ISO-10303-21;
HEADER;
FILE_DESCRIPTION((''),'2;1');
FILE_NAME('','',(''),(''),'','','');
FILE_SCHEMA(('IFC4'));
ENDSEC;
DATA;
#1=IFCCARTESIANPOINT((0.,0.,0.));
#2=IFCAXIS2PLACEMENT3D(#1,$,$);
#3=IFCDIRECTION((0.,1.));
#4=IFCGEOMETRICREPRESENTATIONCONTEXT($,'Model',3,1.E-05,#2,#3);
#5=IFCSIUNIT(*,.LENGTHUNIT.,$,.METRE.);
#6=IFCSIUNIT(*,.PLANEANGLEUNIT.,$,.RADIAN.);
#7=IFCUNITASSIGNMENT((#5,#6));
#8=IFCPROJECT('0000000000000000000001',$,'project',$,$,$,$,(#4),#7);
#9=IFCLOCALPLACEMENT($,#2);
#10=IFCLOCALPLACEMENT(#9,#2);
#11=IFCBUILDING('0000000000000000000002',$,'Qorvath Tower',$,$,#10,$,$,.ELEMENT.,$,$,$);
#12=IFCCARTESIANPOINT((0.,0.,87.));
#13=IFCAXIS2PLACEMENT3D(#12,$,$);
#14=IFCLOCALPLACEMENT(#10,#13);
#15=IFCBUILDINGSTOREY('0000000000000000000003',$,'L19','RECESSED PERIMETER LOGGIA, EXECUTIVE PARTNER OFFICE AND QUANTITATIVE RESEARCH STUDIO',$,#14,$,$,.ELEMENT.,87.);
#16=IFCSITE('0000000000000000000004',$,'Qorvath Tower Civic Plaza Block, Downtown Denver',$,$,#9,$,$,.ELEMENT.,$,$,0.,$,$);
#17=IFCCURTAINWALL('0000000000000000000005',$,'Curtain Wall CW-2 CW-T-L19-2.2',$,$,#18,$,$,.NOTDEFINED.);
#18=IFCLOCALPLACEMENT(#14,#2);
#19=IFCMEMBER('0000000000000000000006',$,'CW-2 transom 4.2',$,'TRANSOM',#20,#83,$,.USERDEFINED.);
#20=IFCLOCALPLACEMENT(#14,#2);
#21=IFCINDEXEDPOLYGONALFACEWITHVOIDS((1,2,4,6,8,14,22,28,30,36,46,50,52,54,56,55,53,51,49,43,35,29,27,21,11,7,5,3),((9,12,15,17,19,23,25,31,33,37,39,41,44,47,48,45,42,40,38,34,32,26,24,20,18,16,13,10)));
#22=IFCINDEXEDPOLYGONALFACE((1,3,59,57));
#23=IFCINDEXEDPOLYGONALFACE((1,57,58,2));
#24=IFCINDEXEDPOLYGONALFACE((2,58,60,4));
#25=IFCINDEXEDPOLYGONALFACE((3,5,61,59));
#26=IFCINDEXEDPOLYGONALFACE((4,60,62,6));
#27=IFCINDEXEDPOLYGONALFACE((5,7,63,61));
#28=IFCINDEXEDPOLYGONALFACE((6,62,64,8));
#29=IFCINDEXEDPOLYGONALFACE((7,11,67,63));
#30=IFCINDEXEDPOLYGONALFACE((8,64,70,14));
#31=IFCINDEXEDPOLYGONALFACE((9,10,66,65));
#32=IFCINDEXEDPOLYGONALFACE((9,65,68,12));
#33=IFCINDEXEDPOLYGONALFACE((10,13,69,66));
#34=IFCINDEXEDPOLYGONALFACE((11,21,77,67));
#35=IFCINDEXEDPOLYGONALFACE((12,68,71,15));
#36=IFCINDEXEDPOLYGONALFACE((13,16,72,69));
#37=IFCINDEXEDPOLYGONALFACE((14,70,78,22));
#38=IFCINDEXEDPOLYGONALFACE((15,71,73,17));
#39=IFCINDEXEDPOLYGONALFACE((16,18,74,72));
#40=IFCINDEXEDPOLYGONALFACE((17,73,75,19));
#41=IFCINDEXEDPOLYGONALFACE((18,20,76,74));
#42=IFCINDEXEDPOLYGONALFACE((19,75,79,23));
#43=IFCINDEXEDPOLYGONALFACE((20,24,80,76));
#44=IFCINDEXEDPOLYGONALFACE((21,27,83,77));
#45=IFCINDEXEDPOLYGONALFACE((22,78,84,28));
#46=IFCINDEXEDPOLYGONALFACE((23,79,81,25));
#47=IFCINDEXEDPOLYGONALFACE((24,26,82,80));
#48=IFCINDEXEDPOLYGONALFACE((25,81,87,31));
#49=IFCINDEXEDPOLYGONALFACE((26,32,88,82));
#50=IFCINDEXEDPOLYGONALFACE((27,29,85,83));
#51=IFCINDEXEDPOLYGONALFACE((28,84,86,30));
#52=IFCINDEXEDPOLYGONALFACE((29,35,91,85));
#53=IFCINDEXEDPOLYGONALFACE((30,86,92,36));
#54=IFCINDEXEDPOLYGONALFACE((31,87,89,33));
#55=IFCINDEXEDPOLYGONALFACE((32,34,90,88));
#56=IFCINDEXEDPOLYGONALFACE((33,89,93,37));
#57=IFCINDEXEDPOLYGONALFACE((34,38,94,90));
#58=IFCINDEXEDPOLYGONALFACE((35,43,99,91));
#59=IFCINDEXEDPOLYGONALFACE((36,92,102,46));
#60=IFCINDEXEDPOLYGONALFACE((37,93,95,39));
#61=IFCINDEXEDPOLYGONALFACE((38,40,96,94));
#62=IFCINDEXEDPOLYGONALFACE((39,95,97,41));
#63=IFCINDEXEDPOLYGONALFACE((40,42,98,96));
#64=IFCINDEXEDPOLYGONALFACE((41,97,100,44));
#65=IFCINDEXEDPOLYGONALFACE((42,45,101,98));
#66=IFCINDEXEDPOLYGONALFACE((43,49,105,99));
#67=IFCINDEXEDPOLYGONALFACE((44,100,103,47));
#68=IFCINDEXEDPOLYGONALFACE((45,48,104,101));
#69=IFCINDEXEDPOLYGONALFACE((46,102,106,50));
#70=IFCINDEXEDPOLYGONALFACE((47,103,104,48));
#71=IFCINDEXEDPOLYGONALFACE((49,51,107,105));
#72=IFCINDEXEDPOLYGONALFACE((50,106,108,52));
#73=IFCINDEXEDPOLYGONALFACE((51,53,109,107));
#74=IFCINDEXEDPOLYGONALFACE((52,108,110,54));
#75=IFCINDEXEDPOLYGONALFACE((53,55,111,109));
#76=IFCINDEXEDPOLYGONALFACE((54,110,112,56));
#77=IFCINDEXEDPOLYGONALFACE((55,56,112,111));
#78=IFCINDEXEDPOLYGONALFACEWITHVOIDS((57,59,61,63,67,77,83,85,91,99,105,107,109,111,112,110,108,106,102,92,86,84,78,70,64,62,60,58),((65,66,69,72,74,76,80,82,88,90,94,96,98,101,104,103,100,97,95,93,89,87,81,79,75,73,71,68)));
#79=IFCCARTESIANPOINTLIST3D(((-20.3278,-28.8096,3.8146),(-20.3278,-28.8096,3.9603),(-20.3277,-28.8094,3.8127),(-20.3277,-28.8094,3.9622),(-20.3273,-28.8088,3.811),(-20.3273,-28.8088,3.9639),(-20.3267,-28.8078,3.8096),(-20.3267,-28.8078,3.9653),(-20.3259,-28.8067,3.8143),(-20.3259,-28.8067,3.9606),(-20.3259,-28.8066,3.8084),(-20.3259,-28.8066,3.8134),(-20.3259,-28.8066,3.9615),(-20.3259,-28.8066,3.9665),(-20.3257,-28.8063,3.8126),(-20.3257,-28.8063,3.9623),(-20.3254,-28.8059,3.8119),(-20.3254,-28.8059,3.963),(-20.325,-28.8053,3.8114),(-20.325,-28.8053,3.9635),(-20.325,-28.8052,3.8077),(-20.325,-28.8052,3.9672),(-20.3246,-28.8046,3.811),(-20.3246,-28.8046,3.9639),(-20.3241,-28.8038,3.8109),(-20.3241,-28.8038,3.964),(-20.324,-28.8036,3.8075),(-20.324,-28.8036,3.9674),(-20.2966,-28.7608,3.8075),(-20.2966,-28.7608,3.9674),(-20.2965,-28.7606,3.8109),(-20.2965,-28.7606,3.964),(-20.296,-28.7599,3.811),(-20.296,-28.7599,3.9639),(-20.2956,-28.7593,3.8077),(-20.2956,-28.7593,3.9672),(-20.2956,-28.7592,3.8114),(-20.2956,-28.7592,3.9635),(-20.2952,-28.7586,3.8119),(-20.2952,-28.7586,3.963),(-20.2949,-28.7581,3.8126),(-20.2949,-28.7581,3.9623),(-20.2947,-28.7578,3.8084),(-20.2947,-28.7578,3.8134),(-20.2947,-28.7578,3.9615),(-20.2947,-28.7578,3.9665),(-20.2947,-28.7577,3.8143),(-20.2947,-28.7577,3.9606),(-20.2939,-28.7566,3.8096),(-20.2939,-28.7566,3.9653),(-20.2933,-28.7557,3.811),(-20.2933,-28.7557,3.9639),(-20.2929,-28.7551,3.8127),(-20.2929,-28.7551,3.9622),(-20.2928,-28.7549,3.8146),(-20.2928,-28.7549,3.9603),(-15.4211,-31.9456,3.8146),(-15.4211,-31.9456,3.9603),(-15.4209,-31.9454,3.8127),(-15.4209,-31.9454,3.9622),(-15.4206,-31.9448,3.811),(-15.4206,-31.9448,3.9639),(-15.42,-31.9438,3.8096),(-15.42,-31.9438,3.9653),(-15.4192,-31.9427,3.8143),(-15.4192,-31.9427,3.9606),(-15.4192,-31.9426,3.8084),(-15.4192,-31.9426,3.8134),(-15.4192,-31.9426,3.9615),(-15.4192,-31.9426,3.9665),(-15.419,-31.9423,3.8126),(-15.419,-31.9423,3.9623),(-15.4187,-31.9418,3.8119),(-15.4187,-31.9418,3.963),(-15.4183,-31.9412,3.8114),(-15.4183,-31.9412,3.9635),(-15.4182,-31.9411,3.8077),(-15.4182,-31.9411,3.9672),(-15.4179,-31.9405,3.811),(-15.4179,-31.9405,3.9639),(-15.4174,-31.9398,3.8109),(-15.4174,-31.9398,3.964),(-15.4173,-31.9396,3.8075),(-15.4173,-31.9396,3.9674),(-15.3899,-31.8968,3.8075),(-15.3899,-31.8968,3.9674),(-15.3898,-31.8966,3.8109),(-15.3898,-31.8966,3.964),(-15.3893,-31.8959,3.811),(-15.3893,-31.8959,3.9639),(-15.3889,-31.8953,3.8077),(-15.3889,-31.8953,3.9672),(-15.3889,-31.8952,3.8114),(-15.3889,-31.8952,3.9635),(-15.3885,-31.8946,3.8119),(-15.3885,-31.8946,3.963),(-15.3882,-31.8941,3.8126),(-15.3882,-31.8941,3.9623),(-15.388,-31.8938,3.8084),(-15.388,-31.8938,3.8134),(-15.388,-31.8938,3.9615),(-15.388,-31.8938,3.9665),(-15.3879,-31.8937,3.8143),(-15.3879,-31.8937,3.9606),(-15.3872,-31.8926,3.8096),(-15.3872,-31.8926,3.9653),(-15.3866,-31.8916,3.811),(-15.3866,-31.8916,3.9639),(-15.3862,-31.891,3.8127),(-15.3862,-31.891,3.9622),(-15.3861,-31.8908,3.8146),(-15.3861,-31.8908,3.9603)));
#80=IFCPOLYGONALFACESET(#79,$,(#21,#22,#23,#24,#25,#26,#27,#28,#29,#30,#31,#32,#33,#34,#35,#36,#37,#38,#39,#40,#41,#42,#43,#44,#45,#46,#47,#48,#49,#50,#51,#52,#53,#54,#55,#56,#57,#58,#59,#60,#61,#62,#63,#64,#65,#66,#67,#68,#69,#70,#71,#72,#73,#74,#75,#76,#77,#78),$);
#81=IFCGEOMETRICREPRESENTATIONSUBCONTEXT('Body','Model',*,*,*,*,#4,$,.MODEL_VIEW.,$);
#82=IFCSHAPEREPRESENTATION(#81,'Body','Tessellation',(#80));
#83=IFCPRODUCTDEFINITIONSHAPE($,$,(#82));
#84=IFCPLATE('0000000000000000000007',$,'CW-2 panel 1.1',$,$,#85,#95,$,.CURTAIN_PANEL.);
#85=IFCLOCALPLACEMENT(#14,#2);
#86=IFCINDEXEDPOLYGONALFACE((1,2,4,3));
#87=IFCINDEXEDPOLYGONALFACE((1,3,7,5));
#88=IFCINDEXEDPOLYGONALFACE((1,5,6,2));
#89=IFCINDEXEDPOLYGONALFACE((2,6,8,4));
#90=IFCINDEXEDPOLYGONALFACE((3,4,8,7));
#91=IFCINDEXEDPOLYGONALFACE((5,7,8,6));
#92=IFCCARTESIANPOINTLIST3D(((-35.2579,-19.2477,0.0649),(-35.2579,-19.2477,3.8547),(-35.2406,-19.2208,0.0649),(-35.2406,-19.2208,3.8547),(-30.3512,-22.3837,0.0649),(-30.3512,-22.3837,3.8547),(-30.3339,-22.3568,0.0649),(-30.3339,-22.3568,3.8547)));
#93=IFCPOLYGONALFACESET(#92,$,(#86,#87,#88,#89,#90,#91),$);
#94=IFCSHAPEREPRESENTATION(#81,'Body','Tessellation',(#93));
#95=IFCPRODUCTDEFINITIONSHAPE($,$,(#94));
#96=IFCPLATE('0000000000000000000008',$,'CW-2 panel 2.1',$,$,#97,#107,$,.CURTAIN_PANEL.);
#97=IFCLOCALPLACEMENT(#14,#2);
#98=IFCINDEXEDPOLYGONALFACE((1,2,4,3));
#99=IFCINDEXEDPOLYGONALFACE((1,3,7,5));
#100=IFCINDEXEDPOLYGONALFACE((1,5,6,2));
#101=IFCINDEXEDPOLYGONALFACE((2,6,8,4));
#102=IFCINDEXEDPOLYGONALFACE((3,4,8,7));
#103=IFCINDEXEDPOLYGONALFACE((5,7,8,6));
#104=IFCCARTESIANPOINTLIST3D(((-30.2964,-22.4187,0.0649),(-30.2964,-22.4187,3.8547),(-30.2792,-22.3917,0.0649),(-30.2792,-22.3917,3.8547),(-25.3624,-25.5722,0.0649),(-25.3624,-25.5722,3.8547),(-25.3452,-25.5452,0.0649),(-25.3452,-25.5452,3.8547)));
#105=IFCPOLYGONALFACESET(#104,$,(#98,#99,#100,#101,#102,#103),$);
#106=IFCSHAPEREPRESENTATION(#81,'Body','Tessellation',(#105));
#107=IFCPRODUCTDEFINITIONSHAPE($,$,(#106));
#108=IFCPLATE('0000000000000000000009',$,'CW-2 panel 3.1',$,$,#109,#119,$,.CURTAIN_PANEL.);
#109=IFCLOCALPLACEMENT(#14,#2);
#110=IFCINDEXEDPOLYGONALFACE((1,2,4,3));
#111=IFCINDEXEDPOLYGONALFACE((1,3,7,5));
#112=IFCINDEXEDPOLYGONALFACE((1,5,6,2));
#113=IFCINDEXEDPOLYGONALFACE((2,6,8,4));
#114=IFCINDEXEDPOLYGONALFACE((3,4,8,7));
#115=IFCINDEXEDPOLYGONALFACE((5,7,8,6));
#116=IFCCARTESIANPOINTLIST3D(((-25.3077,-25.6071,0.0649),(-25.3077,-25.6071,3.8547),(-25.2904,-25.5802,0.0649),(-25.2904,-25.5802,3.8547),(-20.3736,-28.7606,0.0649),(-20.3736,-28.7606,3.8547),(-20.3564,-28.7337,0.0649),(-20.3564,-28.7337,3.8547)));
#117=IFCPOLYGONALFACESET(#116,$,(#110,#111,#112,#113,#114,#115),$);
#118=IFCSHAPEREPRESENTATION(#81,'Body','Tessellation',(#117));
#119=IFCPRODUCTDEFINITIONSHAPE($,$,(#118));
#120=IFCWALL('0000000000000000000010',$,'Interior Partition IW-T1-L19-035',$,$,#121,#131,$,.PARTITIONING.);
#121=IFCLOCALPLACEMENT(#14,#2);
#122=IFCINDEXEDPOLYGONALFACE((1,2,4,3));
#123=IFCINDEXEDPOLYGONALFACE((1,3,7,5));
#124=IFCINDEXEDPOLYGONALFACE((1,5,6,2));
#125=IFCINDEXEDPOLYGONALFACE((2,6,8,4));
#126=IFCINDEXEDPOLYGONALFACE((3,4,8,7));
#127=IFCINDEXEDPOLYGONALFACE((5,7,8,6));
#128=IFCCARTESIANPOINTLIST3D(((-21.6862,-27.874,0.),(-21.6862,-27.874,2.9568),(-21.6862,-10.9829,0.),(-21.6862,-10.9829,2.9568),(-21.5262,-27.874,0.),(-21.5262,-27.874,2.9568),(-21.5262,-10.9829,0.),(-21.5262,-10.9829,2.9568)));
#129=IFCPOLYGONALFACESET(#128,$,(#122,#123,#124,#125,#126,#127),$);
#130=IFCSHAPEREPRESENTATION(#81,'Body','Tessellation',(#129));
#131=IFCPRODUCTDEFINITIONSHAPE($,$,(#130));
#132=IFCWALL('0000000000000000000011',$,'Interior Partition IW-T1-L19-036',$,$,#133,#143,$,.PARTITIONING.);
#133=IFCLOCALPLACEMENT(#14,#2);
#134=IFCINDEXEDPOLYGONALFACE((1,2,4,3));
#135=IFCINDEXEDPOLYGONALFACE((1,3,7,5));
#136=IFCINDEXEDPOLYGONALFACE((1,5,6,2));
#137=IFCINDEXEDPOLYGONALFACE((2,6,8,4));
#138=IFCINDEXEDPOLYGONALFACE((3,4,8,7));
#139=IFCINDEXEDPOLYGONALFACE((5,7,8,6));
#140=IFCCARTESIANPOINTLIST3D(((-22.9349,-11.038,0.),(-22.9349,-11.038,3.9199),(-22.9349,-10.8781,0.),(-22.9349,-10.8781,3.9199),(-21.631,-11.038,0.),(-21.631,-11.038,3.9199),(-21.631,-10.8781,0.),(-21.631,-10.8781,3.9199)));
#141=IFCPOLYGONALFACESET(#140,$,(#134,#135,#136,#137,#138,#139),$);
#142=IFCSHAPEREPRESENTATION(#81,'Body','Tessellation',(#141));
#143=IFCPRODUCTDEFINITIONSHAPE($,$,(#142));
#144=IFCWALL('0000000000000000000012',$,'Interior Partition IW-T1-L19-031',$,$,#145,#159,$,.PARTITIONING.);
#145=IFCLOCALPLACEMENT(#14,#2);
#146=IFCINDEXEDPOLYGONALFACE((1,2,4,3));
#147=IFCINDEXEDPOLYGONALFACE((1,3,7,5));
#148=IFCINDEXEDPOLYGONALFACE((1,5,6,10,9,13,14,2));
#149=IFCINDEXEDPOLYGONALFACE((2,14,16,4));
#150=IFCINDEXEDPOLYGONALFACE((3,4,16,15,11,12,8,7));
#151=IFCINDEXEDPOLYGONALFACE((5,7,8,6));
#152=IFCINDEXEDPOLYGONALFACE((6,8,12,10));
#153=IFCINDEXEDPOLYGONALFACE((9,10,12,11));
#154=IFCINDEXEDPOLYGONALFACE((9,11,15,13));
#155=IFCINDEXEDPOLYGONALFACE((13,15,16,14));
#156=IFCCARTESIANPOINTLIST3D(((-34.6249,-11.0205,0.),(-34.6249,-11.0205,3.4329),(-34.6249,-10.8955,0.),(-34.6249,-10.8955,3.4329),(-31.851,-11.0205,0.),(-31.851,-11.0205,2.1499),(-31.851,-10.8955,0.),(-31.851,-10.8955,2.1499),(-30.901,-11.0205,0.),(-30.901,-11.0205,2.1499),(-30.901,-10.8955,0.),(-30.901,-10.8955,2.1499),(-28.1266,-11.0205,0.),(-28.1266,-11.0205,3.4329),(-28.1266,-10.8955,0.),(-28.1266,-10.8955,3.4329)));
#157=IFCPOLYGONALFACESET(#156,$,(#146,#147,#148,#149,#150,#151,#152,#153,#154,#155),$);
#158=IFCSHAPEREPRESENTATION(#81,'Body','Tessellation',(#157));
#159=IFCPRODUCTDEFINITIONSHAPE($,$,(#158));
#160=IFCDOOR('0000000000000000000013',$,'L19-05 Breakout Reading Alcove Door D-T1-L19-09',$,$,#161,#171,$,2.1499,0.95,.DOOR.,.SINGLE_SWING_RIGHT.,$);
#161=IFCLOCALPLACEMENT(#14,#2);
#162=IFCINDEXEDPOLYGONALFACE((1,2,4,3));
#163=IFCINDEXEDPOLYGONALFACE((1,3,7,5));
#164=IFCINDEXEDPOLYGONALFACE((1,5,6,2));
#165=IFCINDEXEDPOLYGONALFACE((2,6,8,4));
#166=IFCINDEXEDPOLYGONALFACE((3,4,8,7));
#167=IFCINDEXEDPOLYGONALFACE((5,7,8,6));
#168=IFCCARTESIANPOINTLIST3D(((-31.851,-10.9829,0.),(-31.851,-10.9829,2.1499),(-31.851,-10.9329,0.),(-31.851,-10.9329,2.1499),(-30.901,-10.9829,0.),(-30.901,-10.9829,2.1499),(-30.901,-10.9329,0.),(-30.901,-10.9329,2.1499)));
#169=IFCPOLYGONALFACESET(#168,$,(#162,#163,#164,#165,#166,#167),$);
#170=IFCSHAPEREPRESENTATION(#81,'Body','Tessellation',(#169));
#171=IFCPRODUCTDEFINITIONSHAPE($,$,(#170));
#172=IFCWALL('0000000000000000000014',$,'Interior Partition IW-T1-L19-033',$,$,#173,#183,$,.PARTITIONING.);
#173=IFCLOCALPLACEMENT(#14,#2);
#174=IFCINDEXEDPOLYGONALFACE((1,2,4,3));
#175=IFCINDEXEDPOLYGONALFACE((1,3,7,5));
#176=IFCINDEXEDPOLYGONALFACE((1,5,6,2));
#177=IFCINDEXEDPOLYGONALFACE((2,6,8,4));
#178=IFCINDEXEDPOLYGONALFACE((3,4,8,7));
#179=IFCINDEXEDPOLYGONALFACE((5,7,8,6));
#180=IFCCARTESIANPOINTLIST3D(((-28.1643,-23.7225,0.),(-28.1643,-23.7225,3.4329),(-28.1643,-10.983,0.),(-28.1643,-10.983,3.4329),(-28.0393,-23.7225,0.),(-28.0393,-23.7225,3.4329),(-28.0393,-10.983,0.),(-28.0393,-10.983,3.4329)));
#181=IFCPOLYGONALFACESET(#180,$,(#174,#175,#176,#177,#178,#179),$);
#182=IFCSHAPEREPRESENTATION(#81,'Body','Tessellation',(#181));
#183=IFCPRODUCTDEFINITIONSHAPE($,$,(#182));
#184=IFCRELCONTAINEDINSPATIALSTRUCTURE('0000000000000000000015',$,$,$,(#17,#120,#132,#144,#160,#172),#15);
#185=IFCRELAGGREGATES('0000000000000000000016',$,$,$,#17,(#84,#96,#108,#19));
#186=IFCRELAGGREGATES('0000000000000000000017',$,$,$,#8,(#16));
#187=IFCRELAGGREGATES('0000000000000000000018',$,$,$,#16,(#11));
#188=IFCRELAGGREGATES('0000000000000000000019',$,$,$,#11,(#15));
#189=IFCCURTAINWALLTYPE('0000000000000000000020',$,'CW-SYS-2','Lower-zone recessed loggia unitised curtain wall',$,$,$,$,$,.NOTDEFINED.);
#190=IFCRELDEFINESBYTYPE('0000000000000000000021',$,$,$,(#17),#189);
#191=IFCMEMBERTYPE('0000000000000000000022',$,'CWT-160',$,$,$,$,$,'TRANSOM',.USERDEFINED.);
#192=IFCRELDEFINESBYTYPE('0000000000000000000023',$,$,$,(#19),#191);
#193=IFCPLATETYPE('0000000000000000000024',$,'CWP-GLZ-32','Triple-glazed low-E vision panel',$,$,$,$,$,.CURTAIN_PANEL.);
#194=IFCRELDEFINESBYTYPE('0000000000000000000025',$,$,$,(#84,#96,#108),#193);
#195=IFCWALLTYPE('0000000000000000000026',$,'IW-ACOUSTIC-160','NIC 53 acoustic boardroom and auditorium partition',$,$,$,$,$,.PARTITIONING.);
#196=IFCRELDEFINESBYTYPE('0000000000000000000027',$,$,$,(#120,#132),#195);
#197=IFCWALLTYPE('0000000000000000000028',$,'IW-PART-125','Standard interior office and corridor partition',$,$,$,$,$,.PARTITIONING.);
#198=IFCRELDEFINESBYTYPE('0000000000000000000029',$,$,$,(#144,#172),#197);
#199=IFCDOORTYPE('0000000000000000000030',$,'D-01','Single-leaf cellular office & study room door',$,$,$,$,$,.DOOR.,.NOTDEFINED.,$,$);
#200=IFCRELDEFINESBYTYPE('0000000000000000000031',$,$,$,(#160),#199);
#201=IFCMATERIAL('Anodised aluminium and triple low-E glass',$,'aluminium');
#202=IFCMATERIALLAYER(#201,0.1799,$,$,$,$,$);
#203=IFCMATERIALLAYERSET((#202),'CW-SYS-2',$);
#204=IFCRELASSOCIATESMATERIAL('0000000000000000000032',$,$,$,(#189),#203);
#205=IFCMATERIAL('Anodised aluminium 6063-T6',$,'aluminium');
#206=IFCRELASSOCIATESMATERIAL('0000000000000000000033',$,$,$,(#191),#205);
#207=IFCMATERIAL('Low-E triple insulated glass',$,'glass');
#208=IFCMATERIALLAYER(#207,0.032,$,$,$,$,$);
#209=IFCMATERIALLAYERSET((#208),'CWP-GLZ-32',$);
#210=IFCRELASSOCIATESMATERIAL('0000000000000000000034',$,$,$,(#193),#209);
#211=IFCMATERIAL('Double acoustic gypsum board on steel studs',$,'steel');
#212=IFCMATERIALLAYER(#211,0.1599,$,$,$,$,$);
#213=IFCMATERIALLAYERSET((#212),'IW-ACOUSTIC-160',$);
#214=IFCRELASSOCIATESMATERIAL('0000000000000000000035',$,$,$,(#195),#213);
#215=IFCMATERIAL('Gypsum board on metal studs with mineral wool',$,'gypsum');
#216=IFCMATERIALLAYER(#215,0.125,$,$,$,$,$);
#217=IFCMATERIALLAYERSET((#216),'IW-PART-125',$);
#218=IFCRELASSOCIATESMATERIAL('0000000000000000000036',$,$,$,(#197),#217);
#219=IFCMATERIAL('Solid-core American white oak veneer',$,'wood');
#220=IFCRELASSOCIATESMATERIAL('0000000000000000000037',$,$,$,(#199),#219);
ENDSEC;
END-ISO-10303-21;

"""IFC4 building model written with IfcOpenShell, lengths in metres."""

from ifc_helpers import new_model, si_unit, direction, frame, frame_2d, origin, origin_2d, place, context, subcontext, project, spatial, rectangle, hollow_rectangle, extrude, material, layer, layer_set, material_profile, profile_set, type_object, element, fill, aggregate, save


model = new_model("IFC4")

# Units and contexts
model_context = context("Model", 3, precision=1e-05, world=origin(), true_north=direction((0.0, 1.0)))
body_context = subcontext(model_context, "Body", "Model", "MODEL_VIEW")
ifc_project = project(units=[si_unit("LENGTHUNIT", "METRE"), si_unit("PLANEANGLEUNIT", "RADIAN")], contexts=[model_context])

# Site, building, storey
site_placement = place(None, origin())
site = spatial("IfcSite", under=ifc_project, at=site_placement, Name="Qorvath Tower Civic Plaza Block, Downtown Denver", CompositionType="ELEMENT", RefElevation=0.0)
building_placement = place(site_placement, origin())
building = spatial("IfcBuilding", under=site, at=building_placement, Name="Qorvath Tower", CompositionType="ELEMENT")
storey_placement = place(building_placement, frame((0.0, 0.0, 87.0)))
storey = spatial("IfcBuildingStorey", under=building, at=storey_placement, Name="L19", Description="RECESSED PERIMETER LOGGIA, EXECUTIVE PARTNER OFFICE AND QUANTITATIVE RESEARCH STUDIO", CompositionType="ELEMENT", Elevation=87.0)

# Curtain wall, member, plates
ifc_material_1 = material(Name="Anodised aluminium and triple low-E glass", Category="aluminium")
ifc_layer_1 = layer(ifc_material_1, 0.1799)
ifc_layer_set_1 = layer_set([ifc_layer_1], Name="CW-SYS-2")
curtain_wall_type = type_object("IfcCurtainWallType", Name="CW-SYS-2", Description="Lower-zone recessed loggia unitised curtain wall", PredefinedType="NOTDEFINED", material=ifc_layer_set_1)
curtain_wall_placement = place(storey_placement, origin())
curtain_wall = element("IfcCurtainWall", 1, at=curtain_wall_placement, inside=storey, type_object=curtain_wall_type, Name="Curtain Wall CW-2 CW-T-L19-2.2", PredefinedType="NOTDEFINED")
ifc_material_2 = material(Name="Anodised aluminium 6063-T6", Category="aluminium")
ifc_material_profile_1 = material_profile(ifc_material_2, hollow_rectangle(XDim=0.0649, YDim=0.1599, WallThickness=0.0034, InnerFilletRadius=0.0034, OuterFilletRadius=0.0071, at=origin_2d()), Name="CWT 160x65")
ifc_profile_set_1 = profile_set([ifc_material_profile_1], Name="Anodised aluminium 6063-T6")
member_type_1 = type_object("IfcMemberType", Name="CWT-160", ElementType="TRANSOM", PredefinedType="USERDEFINED", material=ifc_profile_set_1)
member_1_placement = place(storey_placement, frame((-20.3103, -28.7822, 3.8875), z_axis=(0.842609, -0.538527, 0.0), x_axis=(0.538527, 0.842609, 0.0)))
member_1 = element("IfcMember", 2, at=member_1_placement, type_object=member_type_1, Name="CW-2 transom 4.2", ObjectType="TRANSOM", PredefinedType="USERDEFINED", context=body_context, shape_type="SweptSolid", body=[
    extrude(hollow_rectangle(XDim=0.0649, YDim=0.1599, WallThickness=0.0034, InnerFilletRadius=0.0034, OuterFilletRadius=0.0071, at=origin_2d()), origin(), (0.0, 0.0, 1.0), 5.8232),
])
ifc_material_3 = material(Name="Low-E triple insulated glass", Category="glass")
ifc_layer_2 = layer(ifc_material_3, 0.032)
ifc_layer_set_2 = layer_set([ifc_layer_2], Name="CWP-GLZ-32")
plate_type = type_object("IfcPlateType", Name="CWP-GLZ-32", Description="Triple-glazed low-E vision panel", PredefinedType="CURTAIN_PANEL", material=ifc_layer_set_2)
plate_1_placement = place(storey_placement, frame((-32.7959, -20.8022, 0.0649), z_axis=(0.0, 0.0, 1.0), x_axis=(0.842604, -0.538533, 0.0)))
plate_1 = element("IfcPlate", 3, at=plate_1_placement, type_object=plate_type, Name="CW-2 panel 1.1", PredefinedType="CURTAIN_PANEL", context=body_context, shape_type="SweptSolid", body=[
    extrude(rectangle(XDim=5.8232, YDim=0.032, at=origin_2d()), origin(), (0.0, 0.0, 1.0), 3.7898),
])
plate_2_placement = place(storey_placement, frame((-27.8208, -23.9819, 0.0649), z_axis=(0.0, 0.0, 1.0), x_axis=(0.842604, -0.538533, 0.0)))
plate_2 = element("IfcPlate", 4, at=plate_2_placement, type_object=plate_type, Name="CW-2 panel 2.1", PredefinedType="CURTAIN_PANEL", context=body_context, shape_type="SweptSolid", body=[
    extrude(rectangle(XDim=5.8557, YDim=0.032, at=origin_2d()), origin(), (0.0, 0.0, 1.0), 3.7898),
])
plate_3_placement = place(storey_placement, frame((-22.832, -27.1704, 0.0649), z_axis=(0.0, 0.0, 1.0), x_axis=(0.842604, -0.538533, 0.0)))
plate_3 = element("IfcPlate", 5, at=plate_3_placement, type_object=plate_type, Name="CW-2 panel 3.1", PredefinedType="CURTAIN_PANEL", context=body_context, shape_type="SweptSolid", body=[
    extrude(rectangle(XDim=5.8557, YDim=0.032, at=origin_2d()), origin(), (0.0, 0.0, 1.0), 3.7898),
])
aggregate(curtain_wall, [plate_1, plate_2, plate_3, member_1])

# Shared definitions
ifc_material_4 = material(Name="Double acoustic gypsum board on steel studs", Category="steel")
ifc_layer_3 = layer(ifc_material_4, 0.1599)
ifc_layer_set_3 = layer_set([ifc_layer_3], Name="IW-ACOUSTIC-160")
wall_type_1 = type_object("IfcWallType", Name="IW-ACOUSTIC-160", Description="NIC 53 acoustic boardroom and auditorium partition", PredefinedType="PARTITIONING", material=ifc_layer_set_3)

# Walls
wall_1_placement = place(storey_placement, frame((-21.6062, -27.874, 0.0), z_axis=(0.0, 0.0, 1.0), x_axis=(0.0, 1.0, 0.0)))
element("IfcWall", 6, at=wall_1_placement, inside=storey, type_object=wall_type_1, Name="Interior Partition IW-T1-L19-035", PredefinedType="PARTITIONING", context=body_context, shape_type="SweptSolid", body=[
    extrude(rectangle(XDim=16.8911, YDim=0.1599, at=frame_2d((8.4456, 0.0))), origin(), (0.0, 0.0, 1.0), 2.9568),
])
wall_2_placement = place(storey_placement, frame((-21.6311, -10.958, 0.0), z_axis=(0.0, 0.0, 1.0), x_axis=(-1.0, 0.0, 0.0)))
element("IfcWall", 7, at=wall_2_placement, inside=storey, type_object=wall_type_1, Name="Interior Partition IW-T1-L19-036", PredefinedType="PARTITIONING", context=body_context, shape_type="SweptSolid", body=[
    extrude(rectangle(XDim=1.304, YDim=0.1599, at=frame_2d((0.6519, 0.0))), origin(), (0.0, 0.0, 1.0), 3.9199),
])

# Wall, opening, door
ifc_material_5 = material(Name="Gypsum board on metal studs with mineral wool", Category="gypsum")
ifc_layer_4 = layer(ifc_material_5, 0.125)
ifc_layer_set_4 = layer_set([ifc_layer_4], Name="IW-PART-125")
wall_type_2 = type_object("IfcWallType", Name="IW-PART-125", Description="Standard interior office and corridor partition", PredefinedType="PARTITIONING", material=ifc_layer_set_4)
wall_3_placement = place(storey_placement, frame((-28.1267, -10.958, 0.0), z_axis=(0.0, 0.0, 1.0), x_axis=(-1.0, 0.0, 0.0)))
wall_3 = element("IfcWall", 8, at=wall_3_placement, inside=storey, type_object=wall_type_2, Name="Interior Partition IW-T1-L19-031", PredefinedType="PARTITIONING", context=body_context, shape_type="SweptSolid", body=[
    extrude(rectangle(XDim=6.4983, YDim=0.125, at=frame_2d((3.249, 0.0))), origin(), (0.0, 0.0, 1.0), 3.4329),
])
opening_1_placement = place(wall_3_placement, frame((2.7742, 0.0, 0.0)))
opening_1 = element("IfcOpeningElement", 9, at=opening_1_placement, cuts=wall_3, PredefinedType="OPENING", context=body_context, shape_type="SweptSolid", body=[
    extrude(rectangle(XDim=0.95, YDim=2.1499, at=frame_2d((0.4751, 1.075))), frame((0.0, 0.0725, 0.0), z_axis=(0.0, -1.0, 0.0), x_axis=(1.0, 0.0, 0.0)), (0.0, 0.0, 1.0), 0.145),
])
ifc_material_6 = material(Name="Solid-core American white oak veneer", Category="wood")
door_type_1 = type_object("IfcDoorType", Name="D-01", Description="Single-leaf cellular office & study room door", OperationType="NOTDEFINED", PredefinedType="DOOR", material=ifc_material_6)
door_1_placement = place(opening_1_placement, origin())
door_1 = element("IfcDoor", 10, at=door_1_placement, inside=storey, type_object=door_type_1, Name="L19-05 Breakout Reading Alcove Door D-T1-L19-09", OperationType="SINGLE_SWING_RIGHT", OverallHeight=2.1499, OverallWidth=0.95, PredefinedType="DOOR", context=body_context, shape_type="SweptSolid", body=[
    extrude(rectangle(XDim=0.95, YDim=2.1499, at=frame_2d((0.4751, 1.075))), frame((0.0, 0.0249, 0.0), z_axis=(0.0, -1.0, 0.0), x_axis=(1.0, 0.0, 0.0)), (0.0, 0.0, 1.0), 0.05),
])
fill(opening_1, door_1)

# Wall
wall_4_placement = place(storey_placement, frame((-28.1018, -23.7224, 0.0), z_axis=(0.0, 0.0, 1.0), x_axis=(0.0, 1.0, 0.0)))
element("IfcWall", 11, at=wall_4_placement, inside=storey, type_object=wall_type_2, Name="Interior Partition IW-T1-L19-033", PredefinedType="PARTITIONING", context=body_context, shape_type="SweptSolid", body=[
    extrude(rectangle(XDim=12.7395, YDim=0.125, at=frame_2d((6.3696, 0.0))), origin(), (0.0, 0.0, 1.0), 3.4329),
])

save(model, "model.ifc")
